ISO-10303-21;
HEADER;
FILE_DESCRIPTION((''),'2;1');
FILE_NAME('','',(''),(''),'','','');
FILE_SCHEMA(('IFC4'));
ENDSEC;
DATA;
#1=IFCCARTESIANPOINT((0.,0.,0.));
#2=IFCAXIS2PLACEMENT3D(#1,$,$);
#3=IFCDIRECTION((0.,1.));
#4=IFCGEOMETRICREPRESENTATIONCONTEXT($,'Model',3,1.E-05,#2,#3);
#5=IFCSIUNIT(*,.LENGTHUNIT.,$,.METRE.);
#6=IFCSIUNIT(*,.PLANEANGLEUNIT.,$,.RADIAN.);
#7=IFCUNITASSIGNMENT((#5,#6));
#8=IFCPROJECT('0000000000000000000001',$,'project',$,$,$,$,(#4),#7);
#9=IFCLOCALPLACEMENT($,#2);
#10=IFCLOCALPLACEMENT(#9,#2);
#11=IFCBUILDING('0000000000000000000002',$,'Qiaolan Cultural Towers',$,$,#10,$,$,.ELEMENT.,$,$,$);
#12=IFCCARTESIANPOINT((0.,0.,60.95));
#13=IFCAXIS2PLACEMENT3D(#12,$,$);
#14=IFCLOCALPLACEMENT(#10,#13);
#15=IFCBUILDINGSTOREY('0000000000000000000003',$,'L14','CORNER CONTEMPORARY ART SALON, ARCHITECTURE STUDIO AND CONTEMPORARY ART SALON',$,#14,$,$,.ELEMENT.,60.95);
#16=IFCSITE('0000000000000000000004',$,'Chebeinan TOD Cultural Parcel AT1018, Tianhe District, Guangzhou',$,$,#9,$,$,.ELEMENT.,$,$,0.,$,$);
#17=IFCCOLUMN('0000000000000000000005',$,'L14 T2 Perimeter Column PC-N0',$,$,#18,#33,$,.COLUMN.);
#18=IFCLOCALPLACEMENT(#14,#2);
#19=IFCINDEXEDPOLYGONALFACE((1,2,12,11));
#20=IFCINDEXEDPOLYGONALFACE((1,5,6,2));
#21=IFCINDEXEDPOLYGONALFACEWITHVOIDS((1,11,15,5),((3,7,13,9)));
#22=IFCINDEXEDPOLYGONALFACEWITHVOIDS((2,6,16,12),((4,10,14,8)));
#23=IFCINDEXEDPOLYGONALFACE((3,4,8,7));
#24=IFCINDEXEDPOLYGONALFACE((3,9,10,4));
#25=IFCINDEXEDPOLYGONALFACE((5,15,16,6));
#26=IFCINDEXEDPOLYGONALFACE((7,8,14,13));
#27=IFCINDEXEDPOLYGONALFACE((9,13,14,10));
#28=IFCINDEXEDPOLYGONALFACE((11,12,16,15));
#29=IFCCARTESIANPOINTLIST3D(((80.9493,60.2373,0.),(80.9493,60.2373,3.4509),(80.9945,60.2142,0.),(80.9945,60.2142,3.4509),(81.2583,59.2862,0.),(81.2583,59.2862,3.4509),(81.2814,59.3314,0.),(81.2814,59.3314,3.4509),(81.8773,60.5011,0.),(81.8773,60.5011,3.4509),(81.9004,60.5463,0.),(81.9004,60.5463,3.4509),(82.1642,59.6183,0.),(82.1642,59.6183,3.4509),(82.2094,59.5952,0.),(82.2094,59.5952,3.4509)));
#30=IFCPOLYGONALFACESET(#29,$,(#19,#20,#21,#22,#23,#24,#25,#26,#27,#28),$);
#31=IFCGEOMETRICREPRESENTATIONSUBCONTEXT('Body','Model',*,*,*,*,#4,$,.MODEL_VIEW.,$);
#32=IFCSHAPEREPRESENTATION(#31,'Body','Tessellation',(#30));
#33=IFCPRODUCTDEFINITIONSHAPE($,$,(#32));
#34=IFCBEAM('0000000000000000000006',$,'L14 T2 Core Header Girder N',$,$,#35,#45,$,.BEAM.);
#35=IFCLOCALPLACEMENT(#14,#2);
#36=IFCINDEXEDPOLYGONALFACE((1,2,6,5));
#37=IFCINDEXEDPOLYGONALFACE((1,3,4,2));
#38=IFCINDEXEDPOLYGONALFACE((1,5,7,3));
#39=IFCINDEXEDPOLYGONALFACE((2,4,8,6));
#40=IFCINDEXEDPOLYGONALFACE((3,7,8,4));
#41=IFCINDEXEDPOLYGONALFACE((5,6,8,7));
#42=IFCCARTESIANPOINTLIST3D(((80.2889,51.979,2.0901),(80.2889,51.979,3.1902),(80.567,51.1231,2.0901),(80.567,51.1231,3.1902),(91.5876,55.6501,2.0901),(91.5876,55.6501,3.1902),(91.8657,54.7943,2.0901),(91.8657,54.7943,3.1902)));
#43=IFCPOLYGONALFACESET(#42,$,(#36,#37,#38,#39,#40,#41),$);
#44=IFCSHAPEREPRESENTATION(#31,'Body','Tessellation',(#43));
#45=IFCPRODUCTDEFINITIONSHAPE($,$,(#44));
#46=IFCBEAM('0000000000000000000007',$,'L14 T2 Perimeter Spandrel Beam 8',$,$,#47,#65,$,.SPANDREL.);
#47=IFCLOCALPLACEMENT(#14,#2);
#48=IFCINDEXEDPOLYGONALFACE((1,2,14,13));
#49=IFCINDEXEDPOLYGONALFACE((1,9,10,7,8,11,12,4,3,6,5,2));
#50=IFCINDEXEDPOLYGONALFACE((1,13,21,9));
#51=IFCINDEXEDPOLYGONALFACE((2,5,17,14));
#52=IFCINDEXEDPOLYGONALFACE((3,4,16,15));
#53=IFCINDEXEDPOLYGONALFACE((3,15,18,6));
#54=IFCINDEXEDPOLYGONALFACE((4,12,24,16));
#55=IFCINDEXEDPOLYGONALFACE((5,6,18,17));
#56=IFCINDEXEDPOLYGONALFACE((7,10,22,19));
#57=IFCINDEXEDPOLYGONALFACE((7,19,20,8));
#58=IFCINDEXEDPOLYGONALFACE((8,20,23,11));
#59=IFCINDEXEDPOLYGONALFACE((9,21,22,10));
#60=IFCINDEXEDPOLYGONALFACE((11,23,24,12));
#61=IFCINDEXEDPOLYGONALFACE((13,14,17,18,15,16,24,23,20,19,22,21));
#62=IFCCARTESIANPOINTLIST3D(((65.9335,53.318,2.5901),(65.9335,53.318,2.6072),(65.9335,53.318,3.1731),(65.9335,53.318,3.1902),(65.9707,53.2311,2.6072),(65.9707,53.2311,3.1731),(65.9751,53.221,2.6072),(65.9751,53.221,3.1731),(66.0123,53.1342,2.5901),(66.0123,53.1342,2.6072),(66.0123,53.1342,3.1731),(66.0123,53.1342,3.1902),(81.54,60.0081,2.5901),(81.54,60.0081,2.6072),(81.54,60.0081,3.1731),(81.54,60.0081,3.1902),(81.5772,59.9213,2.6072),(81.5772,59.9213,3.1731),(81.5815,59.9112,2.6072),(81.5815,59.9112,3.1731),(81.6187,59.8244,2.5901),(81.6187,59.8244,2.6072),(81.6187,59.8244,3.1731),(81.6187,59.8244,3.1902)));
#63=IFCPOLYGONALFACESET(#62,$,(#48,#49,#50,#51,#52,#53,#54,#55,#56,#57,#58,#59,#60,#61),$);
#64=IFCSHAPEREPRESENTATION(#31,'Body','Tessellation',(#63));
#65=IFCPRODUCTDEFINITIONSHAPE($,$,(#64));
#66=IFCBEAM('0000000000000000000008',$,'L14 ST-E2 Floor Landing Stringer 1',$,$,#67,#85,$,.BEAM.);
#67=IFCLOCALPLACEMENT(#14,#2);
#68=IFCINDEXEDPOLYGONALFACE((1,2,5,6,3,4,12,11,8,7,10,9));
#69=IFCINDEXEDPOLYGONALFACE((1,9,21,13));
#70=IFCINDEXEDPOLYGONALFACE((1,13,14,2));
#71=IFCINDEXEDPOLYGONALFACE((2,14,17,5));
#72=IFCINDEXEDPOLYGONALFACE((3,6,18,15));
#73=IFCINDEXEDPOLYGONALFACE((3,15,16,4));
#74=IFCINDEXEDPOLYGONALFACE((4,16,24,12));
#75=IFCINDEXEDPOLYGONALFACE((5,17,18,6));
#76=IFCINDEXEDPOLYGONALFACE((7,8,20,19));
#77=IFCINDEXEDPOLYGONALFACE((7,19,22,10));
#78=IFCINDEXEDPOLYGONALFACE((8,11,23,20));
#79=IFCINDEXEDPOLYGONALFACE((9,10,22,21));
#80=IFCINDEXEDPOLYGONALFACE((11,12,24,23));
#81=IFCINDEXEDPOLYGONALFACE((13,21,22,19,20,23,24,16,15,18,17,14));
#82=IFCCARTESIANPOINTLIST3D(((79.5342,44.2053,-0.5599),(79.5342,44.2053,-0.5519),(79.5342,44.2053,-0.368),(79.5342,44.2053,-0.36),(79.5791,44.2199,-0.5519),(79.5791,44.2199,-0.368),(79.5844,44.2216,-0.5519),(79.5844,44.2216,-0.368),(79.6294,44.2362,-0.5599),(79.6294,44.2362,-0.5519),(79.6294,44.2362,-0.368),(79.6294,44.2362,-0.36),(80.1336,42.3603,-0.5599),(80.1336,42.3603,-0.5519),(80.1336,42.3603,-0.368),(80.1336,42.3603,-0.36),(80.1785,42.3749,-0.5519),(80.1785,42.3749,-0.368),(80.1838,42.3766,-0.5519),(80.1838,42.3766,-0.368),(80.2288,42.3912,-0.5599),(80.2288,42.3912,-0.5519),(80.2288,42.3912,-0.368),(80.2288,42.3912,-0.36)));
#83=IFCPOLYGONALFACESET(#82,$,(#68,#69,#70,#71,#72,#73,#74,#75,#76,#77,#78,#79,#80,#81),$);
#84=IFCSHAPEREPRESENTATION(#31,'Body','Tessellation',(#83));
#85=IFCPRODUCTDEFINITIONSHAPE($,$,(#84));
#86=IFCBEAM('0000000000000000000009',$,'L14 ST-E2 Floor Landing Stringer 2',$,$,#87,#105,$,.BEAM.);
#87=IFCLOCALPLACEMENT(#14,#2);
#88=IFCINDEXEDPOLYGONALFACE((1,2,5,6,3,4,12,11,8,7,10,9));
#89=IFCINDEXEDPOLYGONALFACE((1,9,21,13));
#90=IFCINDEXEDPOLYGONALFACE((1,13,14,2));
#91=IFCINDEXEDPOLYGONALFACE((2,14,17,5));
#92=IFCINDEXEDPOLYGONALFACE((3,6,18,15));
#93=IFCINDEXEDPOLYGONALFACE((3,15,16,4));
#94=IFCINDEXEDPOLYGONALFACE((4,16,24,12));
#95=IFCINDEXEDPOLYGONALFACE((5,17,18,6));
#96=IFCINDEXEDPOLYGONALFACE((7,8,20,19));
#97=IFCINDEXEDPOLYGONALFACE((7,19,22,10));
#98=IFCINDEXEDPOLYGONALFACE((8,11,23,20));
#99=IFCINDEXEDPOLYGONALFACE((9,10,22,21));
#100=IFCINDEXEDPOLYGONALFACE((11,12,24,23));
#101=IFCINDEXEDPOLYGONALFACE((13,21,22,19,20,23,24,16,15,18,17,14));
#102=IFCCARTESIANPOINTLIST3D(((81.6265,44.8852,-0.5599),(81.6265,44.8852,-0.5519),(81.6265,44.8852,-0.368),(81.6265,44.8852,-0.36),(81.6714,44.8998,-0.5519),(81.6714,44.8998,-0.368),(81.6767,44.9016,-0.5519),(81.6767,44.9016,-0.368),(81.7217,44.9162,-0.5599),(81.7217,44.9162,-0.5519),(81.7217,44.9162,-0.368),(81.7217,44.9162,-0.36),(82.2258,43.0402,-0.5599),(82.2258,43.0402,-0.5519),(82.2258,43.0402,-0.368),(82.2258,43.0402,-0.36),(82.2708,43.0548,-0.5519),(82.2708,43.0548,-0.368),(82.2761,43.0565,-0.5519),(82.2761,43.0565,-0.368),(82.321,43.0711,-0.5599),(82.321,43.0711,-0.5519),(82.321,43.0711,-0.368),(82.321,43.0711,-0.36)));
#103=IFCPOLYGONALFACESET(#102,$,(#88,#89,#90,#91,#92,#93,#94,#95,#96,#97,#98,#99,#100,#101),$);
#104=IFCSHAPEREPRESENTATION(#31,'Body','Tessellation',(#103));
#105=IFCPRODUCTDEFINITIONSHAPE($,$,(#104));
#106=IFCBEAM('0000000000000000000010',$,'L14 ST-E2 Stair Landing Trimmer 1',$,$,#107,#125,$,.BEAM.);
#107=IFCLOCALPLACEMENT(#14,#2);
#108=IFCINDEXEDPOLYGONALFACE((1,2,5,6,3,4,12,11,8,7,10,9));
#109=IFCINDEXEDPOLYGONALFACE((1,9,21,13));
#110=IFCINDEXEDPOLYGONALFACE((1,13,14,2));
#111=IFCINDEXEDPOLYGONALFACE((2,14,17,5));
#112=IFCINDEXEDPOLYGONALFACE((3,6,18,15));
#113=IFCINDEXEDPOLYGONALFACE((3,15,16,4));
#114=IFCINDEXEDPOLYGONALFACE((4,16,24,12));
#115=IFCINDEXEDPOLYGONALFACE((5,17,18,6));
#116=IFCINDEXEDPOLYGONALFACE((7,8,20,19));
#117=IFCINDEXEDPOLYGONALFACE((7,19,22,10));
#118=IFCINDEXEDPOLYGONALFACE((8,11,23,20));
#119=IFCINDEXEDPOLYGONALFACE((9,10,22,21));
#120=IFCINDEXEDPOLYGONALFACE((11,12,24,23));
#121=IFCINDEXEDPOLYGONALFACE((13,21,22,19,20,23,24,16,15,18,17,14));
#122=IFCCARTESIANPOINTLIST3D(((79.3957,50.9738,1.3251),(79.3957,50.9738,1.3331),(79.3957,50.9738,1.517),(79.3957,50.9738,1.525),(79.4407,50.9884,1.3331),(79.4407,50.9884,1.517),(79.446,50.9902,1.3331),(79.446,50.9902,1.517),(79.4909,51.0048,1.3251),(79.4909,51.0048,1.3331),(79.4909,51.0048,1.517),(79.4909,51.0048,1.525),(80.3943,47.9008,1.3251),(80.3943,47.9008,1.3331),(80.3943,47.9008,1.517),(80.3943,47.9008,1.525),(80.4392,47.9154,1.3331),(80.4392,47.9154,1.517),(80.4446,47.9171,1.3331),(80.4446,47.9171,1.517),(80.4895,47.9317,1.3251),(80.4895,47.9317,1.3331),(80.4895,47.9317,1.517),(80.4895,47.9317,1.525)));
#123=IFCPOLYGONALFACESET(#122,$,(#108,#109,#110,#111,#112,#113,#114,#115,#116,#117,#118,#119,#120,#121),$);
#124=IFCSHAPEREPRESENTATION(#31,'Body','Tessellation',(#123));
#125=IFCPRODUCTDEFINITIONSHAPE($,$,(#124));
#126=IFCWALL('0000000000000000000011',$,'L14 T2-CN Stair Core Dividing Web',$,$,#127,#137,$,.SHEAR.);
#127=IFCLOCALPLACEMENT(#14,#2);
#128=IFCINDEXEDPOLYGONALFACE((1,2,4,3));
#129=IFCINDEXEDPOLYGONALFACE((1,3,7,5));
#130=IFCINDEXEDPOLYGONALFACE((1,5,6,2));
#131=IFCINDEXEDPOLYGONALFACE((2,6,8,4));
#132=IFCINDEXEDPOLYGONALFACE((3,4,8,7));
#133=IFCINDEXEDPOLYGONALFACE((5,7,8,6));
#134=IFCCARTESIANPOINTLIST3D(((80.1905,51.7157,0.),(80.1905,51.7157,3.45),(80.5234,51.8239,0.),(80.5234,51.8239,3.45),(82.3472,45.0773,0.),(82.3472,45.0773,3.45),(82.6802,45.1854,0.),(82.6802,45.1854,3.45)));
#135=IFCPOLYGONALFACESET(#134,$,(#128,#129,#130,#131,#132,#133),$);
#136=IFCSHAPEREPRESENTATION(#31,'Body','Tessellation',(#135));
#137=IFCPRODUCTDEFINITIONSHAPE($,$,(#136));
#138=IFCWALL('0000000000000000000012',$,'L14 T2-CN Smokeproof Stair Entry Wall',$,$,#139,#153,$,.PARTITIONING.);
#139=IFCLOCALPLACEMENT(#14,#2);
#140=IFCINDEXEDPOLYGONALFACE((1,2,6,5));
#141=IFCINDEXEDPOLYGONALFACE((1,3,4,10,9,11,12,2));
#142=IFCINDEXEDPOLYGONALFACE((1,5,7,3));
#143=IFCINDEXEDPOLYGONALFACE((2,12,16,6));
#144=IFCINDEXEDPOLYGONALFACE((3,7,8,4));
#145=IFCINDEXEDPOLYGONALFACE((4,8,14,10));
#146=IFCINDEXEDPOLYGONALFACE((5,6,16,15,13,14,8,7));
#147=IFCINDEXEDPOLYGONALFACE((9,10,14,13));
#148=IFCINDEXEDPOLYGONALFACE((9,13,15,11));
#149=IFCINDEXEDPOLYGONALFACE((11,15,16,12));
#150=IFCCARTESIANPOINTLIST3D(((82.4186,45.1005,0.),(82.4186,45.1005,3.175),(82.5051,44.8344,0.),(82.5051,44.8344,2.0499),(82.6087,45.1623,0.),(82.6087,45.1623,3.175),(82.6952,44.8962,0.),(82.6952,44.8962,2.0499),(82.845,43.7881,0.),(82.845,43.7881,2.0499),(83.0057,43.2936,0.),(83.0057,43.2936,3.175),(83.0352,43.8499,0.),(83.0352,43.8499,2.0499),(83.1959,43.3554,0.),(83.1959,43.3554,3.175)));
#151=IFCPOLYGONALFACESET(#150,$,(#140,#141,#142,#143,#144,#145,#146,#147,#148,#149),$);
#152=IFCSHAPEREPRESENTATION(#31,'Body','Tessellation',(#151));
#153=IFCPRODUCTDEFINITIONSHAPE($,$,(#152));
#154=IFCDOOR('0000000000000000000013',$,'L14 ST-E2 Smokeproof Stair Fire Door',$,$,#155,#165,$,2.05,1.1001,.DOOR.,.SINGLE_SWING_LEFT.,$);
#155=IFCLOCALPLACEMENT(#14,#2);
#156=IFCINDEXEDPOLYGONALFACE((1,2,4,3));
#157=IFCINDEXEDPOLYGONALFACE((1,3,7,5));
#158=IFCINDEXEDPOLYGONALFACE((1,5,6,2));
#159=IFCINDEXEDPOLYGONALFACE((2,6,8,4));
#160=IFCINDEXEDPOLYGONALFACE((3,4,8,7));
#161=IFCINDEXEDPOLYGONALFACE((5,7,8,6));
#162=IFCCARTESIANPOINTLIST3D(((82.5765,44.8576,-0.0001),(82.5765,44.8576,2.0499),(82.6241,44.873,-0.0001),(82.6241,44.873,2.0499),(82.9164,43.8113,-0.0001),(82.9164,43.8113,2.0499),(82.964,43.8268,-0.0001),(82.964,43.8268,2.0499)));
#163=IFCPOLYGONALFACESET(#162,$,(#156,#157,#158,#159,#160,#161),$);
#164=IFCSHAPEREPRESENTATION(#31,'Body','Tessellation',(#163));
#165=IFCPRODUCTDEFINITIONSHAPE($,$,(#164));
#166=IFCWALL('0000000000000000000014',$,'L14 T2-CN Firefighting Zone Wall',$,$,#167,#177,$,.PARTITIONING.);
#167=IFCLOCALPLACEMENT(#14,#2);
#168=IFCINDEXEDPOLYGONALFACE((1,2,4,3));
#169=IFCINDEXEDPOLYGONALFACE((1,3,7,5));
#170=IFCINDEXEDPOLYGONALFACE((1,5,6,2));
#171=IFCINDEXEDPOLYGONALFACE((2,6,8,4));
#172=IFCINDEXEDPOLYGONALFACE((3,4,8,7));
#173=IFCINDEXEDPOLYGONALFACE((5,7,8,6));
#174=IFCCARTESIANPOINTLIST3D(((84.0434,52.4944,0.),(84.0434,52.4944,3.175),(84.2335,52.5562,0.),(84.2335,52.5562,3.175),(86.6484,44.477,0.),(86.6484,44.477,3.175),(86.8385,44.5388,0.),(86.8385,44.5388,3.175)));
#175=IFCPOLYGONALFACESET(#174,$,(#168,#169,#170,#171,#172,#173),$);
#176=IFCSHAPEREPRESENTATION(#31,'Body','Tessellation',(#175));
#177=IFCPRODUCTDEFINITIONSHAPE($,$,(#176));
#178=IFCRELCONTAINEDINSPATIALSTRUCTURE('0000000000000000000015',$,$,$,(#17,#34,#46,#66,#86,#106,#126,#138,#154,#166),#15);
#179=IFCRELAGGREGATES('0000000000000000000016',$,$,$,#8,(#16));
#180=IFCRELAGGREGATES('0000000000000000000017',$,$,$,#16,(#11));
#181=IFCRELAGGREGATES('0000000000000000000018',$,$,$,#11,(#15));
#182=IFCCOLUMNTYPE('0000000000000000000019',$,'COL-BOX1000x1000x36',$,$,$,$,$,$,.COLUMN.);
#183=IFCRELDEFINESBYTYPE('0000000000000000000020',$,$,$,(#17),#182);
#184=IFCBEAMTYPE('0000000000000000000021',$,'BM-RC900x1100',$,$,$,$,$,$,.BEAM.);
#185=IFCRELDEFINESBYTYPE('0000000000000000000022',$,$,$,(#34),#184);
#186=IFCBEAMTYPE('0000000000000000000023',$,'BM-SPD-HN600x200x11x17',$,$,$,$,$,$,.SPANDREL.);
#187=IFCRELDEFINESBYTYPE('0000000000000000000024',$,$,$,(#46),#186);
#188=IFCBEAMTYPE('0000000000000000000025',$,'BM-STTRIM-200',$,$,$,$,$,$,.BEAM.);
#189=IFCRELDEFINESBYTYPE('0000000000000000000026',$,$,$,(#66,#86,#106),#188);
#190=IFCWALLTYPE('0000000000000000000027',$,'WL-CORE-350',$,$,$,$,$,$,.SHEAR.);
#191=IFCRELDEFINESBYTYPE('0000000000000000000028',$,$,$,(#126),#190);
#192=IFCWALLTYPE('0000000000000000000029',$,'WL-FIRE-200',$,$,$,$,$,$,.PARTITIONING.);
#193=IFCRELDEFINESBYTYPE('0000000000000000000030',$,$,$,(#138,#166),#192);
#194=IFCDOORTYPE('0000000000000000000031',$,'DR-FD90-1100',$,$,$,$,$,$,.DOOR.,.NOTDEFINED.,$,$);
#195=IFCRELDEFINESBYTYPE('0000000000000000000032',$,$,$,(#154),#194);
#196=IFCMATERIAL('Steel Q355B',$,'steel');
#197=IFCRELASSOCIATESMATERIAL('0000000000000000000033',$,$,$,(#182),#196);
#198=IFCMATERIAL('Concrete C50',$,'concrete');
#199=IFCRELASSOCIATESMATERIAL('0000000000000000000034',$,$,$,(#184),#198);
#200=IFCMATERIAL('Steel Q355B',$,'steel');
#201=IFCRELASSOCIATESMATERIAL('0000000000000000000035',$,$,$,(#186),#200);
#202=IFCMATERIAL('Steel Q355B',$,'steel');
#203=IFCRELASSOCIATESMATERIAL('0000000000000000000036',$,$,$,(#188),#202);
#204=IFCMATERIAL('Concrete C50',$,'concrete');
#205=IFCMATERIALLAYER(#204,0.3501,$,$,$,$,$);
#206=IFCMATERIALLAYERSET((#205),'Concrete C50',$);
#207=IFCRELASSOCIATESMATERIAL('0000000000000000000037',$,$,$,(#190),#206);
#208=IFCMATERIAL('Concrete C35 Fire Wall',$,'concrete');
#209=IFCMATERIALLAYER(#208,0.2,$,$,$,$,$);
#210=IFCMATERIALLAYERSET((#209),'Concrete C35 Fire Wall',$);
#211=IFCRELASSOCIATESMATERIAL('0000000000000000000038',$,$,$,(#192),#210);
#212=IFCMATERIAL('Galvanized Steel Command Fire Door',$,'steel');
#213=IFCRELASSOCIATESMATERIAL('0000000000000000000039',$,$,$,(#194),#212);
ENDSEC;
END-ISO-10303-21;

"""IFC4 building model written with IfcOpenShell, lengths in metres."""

from ifc_helpers import new_model, si_unit, direction, frame, frame_2d, origin, origin_2d, place, context, subcontext, project, spatial, rectangle, hollow_rectangle, i_section, extrude, material, layer, layer_set, material_profile, profile_set, type_object, element, fill, save


model = new_model("IFC4")

# Units and contexts
model_context = context("Model", 3, precision=1e-05, world=origin(), true_north=direction((0.0, 1.0)))
body_context = subcontext(model_context, "Body", "Model", "MODEL_VIEW")
ifc_project = project(units=[si_unit("LENGTHUNIT", "METRE"), si_unit("PLANEANGLEUNIT", "RADIAN")], contexts=[model_context])

# Site, building, storey
site_placement = place(None, origin())
site = spatial("IfcSite", under=ifc_project, at=site_placement, Name="Chebeinan TOD Cultural Parcel AT1018, Tianhe District, Guangzhou", CompositionType="ELEMENT", RefElevation=0.0)
building_placement = place(site_placement, origin())
building = spatial("IfcBuilding", under=site, at=building_placement, Name="Qiaolan Cultural Towers", CompositionType="ELEMENT")
storey_placement = place(building_placement, frame((0.0, 0.0, 60.95)))
storey = spatial("IfcBuildingStorey", under=building, at=storey_placement, Name="L14", Description="CORNER CONTEMPORARY ART SALON, ARCHITECTURE STUDIO AND CONTEMPORARY ART SALON", CompositionType="ELEMENT", Elevation=60.95)

# Column
ifc_material_1 = material(Name="Steel Q355B", Category="steel")
ifc_material_profile_1 = material_profile(ifc_material_1, hollow_rectangle(XDim=1.0, YDim=1.0, WallThickness=0.0359, at=origin_2d()), Name="BOX1000x1000x36")
ifc_profile_set_1 = profile_set([ifc_material_profile_1], Name="Steel Q355B")
column_type = type_object("IfcColumnType", Name="COL-BOX1000x1000x36", PredefinedType="COLUMN", material=ifc_profile_set_1)
column_placement = place(storey_placement, frame((81.5793, 59.9163, 0.0), z_axis=(0.0, 0.0, 1.0), x_axis=(0.951057, 0.309017, 0.0)))
element("IfcColumn", 1, at=column_placement, inside=storey, type_object=column_type, Name="L14 T2 Perimeter Column PC-N0", PredefinedType="COLUMN", context=body_context, shape_type="SweptSolid", body=[
    extrude(hollow_rectangle(XDim=1.0, YDim=1.0, WallThickness=0.0359, at=origin_2d()), origin(), (0.0, 0.0, 1.0), 3.4509),
])

# Beams
ifc_material_2 = material(Name="Concrete C50", Category="concrete")
ifc_material_profile_2 = material_profile(ifc_material_2, rectangle(XDim=0.8999, YDim=1.1001, at=origin_2d()), Name="RC900x1100")
ifc_profile_set_2 = profile_set([ifc_material_profile_2], Name="Concrete C50")
beam_type_1 = type_object("IfcBeamType", Name="BM-RC900x1100", PredefinedType="BEAM", material=ifc_profile_set_2)
beam_1_placement = place(storey_placement, frame((80.428, 51.551, 2.6401), z_axis=(0.951056, 0.309018, 0.0), x_axis=(-0.309018, 0.951056, 0.0)))
element("IfcBeam", 2, at=beam_1_placement, inside=storey, type_object=beam_type_1, Name="L14 T2 Core Header Girder N", PredefinedType="BEAM", context=body_context, shape_type="SweptSolid", body=[
    extrude(rectangle(XDim=0.8999, YDim=1.1001, at=origin_2d()), origin(), (0.0, 0.0, 1.0), 11.8801),
])
ifc_material_3 = material(Name="Steel Q355B", Category="steel")
ifc_material_profile_3 = material_profile(ifc_material_3, i_section(OverallWidth=0.2, OverallDepth=0.6001, WebThickness=0.011, FlangeThickness=0.0171, at=origin_2d()), Name="HN600x200x11x17")
ifc_profile_set_3 = profile_set([ifc_material_profile_3], Name="Steel Q355B")
beam_type_2 = type_object("IfcBeamType", Name="BM-SPD-HN600x200x11x17", PredefinedType="SPANDREL", material=ifc_profile_set_3)
beam_2_placement = place(storey_placement, frame((81.5793, 59.9163, 2.8901), z_axis=(-0.919109, -0.394004, 0.0), x_axis=(0.394004, -0.919109, 0.0)))
element("IfcBeam", 3, at=beam_2_placement, inside=storey, type_object=beam_type_2, Name="L14 T2 Perimeter Spandrel Beam 8", PredefinedType="SPANDREL", context=body_context, shape_type="SweptSolid", body=[
    extrude(i_section(OverallWidth=0.2, OverallDepth=0.6001, WebThickness=0.011, FlangeThickness=0.0171, at=origin_2d()), origin(), (0.0, 0.0, 1.0), 16.98),
])
ifc_material_4 = material(Name="Steel Q355B", Category="steel")
ifc_material_profile_4 = material_profile(ifc_material_4, i_section(OverallWidth=0.1001, OverallDepth=0.2, WebThickness=0.0056, FlangeThickness=0.0081, at=origin_2d()), Name="HN200x100x5.5x8")
ifc_profile_set_4 = profile_set([ifc_material_profile_4], Name="Steel Q355B")
beam_type_3 = type_object("IfcBeamType", Name="BM-STTRIM-200", PredefinedType="BEAM", material=ifc_profile_set_4)
for number, where, z_axis, x_axis, name in (
    (4, (80.1812, 42.3757, -0.46), (-0.308969, 0.951072, 0.0), (-0.951072, -0.308969, 0.0), "L14 ST-E2 Floor Landing Stringer 1"),
    (5, (82.2734, 43.0557, -0.46), (-0.308969, 0.951072, 0.0), (-0.951072, -0.308969, 0.0), "L14 ST-E2 Floor Landing Stringer 2"),
):
    element("IfcBeam", number, at=place(storey_placement, frame(where, z_axis=z_axis, x_axis=x_axis)), inside=storey, type_object=beam_type_3, Name=name, PredefinedType="BEAM", context=body_context, shape_type="SweptSolid", body=[
        extrude(i_section(OverallWidth=0.1001, OverallDepth=0.2, WebThickness=0.0056, FlangeThickness=0.0081, at=origin_2d()), origin(), (0.0, 0.0, 1.0), 1.9399),
    ])
beam_3_placement = place(storey_placement, frame((80.4419, 47.9163, 1.425), z_axis=(-0.309033, 0.951051, 0.0), x_axis=(-0.951051, -0.309033, 0.0)))
element("IfcBeam", 6, at=beam_3_placement, inside=storey, type_object=beam_type_3, Name="L14 ST-E2 Stair Landing Trimmer 1", PredefinedType="BEAM", context=body_context, shape_type="SweptSolid", body=[
    extrude(i_section(OverallWidth=0.1001, OverallDepth=0.2, WebThickness=0.0056, FlangeThickness=0.0081, at=origin_2d()), origin(), (0.0, 0.0, 1.0), 3.2312),
])

# Wall
ifc_material_5 = material(Name="Concrete C50", Category="concrete")
ifc_layer_1 = layer(ifc_material_5, 0.3501)
ifc_layer_set_1 = layer_set([ifc_layer_1], Name="Concrete C50")
wall_type_1 = type_object("IfcWallType", Name="WL-CORE-350", PredefinedType="SHEAR", material=ifc_layer_set_1)
wall_1_placement = place(storey_placement, frame((82.5137, 45.1313, 0.0), z_axis=(0.0, 0.0, 1.0), x_axis=(-0.308989, 0.951066, 0.0)))
element("IfcWall", 7, at=wall_1_placement, inside=storey, type_object=wall_type_1, Name="L14 T2-CN Stair Core Dividing Web", PredefinedType="SHEAR", context=body_context, shape_type="SweptSolid", body=[
    extrude(rectangle(XDim=6.98, YDim=0.3501, at=frame_2d((3.49, 0.0))), origin(), (0.0, 0.0, 1.0), 3.45),
])

# Wall, opening, door
ifc_material_6 = material(Name="Concrete C35 Fire Wall", Category="concrete")
ifc_layer_2 = layer(ifc_material_6, 0.2)
ifc_layer_set_2 = layer_set([ifc_layer_2], Name="Concrete C35 Fire Wall")
wall_type_2 = type_object("IfcWallType", Name="WL-FIRE-200", PredefinedType="PARTITIONING", material=ifc_layer_set_2)
wall_2_placement = place(storey_placement, frame((83.1008, 43.3245, 0.0), z_axis=(0.0, 0.0, 1.0), x_axis=(-0.309048, 0.951046, 0.0)))
wall_2 = element("IfcWall", 8, at=wall_2_placement, inside=storey, type_object=wall_type_2, Name="L14 T2-CN Smokeproof Stair Entry Wall", PredefinedType="PARTITIONING", context=body_context, shape_type="SweptSolid", body=[
    extrude(rectangle(XDim=1.8999, YDim=0.2, at=frame_2d((0.95, 0.0))), origin(), (0.0, 0.0, 1.0), 3.175),
])
opening_1_placement = place(wall_2_placement, frame((0.52, 0.0, 0.0)))
opening_1 = element("IfcOpeningElement", 9, at=opening_1_placement, cuts=wall_2, PredefinedType="OPENING", context=body_context, shape_type="SweptSolid", body=[
    extrude(rectangle(XDim=1.1001, YDim=2.05, at=frame_2d((0.55, 1.0249))), frame((0.0, 0.1099, 0.0), z_axis=(0.0, -1.0, 0.0), x_axis=(1.0, 0.0, 0.0)), (0.0, 0.0, 1.0), 0.22),
])
ifc_material_7 = material(Name="Galvanized Steel Command Fire Door", Category="steel")
door_type_1 = type_object("IfcDoorType", Name="DR-FD90-1100", OperationType="NOTDEFINED", PredefinedType="DOOR", material=ifc_material_7)
door_1_placement = place(opening_1_placement, origin())
door_1 = element("IfcDoor", 10, at=door_1_placement, inside=storey, type_object=door_type_1, Name="L14 ST-E2 Smokeproof Stair Fire Door", OperationType="SINGLE_SWING_LEFT", OverallHeight=2.05, OverallWidth=1.1001, PredefinedType="DOOR", context=body_context, shape_type="SweptSolid", body=[
    extrude(rectangle(XDim=1.1001, YDim=2.05, at=frame_2d((0.55, 1.0249))), frame((0.0, 0.0249, 0.0), z_axis=(0.0, -1.0, 0.0), x_axis=(1.0, 0.0, 0.0)), (0.0, 0.0, 1.0), 0.05),
])
fill(opening_1, door_1)

# Wall
wall_3_placement = place(storey_placement, frame((86.7434, 44.5081, 0.0), z_axis=(0.0, 0.0, 1.0), x_axis=(-0.309016, 0.951057, 0.0)))
element("IfcWall", 11, at=wall_3_placement, inside=storey, type_object=wall_type_2, Name="L14 T2-CN Firefighting Zone Wall", PredefinedType="PARTITIONING", context=body_context, shape_type="SweptSolid", body=[
    extrude(rectangle(XDim=8.4299, YDim=0.2, at=frame_2d((4.2148, 0.0))), origin(), (0.0, 0.0, 1.0), 3.175),
])

save(model, "model.ifc")
